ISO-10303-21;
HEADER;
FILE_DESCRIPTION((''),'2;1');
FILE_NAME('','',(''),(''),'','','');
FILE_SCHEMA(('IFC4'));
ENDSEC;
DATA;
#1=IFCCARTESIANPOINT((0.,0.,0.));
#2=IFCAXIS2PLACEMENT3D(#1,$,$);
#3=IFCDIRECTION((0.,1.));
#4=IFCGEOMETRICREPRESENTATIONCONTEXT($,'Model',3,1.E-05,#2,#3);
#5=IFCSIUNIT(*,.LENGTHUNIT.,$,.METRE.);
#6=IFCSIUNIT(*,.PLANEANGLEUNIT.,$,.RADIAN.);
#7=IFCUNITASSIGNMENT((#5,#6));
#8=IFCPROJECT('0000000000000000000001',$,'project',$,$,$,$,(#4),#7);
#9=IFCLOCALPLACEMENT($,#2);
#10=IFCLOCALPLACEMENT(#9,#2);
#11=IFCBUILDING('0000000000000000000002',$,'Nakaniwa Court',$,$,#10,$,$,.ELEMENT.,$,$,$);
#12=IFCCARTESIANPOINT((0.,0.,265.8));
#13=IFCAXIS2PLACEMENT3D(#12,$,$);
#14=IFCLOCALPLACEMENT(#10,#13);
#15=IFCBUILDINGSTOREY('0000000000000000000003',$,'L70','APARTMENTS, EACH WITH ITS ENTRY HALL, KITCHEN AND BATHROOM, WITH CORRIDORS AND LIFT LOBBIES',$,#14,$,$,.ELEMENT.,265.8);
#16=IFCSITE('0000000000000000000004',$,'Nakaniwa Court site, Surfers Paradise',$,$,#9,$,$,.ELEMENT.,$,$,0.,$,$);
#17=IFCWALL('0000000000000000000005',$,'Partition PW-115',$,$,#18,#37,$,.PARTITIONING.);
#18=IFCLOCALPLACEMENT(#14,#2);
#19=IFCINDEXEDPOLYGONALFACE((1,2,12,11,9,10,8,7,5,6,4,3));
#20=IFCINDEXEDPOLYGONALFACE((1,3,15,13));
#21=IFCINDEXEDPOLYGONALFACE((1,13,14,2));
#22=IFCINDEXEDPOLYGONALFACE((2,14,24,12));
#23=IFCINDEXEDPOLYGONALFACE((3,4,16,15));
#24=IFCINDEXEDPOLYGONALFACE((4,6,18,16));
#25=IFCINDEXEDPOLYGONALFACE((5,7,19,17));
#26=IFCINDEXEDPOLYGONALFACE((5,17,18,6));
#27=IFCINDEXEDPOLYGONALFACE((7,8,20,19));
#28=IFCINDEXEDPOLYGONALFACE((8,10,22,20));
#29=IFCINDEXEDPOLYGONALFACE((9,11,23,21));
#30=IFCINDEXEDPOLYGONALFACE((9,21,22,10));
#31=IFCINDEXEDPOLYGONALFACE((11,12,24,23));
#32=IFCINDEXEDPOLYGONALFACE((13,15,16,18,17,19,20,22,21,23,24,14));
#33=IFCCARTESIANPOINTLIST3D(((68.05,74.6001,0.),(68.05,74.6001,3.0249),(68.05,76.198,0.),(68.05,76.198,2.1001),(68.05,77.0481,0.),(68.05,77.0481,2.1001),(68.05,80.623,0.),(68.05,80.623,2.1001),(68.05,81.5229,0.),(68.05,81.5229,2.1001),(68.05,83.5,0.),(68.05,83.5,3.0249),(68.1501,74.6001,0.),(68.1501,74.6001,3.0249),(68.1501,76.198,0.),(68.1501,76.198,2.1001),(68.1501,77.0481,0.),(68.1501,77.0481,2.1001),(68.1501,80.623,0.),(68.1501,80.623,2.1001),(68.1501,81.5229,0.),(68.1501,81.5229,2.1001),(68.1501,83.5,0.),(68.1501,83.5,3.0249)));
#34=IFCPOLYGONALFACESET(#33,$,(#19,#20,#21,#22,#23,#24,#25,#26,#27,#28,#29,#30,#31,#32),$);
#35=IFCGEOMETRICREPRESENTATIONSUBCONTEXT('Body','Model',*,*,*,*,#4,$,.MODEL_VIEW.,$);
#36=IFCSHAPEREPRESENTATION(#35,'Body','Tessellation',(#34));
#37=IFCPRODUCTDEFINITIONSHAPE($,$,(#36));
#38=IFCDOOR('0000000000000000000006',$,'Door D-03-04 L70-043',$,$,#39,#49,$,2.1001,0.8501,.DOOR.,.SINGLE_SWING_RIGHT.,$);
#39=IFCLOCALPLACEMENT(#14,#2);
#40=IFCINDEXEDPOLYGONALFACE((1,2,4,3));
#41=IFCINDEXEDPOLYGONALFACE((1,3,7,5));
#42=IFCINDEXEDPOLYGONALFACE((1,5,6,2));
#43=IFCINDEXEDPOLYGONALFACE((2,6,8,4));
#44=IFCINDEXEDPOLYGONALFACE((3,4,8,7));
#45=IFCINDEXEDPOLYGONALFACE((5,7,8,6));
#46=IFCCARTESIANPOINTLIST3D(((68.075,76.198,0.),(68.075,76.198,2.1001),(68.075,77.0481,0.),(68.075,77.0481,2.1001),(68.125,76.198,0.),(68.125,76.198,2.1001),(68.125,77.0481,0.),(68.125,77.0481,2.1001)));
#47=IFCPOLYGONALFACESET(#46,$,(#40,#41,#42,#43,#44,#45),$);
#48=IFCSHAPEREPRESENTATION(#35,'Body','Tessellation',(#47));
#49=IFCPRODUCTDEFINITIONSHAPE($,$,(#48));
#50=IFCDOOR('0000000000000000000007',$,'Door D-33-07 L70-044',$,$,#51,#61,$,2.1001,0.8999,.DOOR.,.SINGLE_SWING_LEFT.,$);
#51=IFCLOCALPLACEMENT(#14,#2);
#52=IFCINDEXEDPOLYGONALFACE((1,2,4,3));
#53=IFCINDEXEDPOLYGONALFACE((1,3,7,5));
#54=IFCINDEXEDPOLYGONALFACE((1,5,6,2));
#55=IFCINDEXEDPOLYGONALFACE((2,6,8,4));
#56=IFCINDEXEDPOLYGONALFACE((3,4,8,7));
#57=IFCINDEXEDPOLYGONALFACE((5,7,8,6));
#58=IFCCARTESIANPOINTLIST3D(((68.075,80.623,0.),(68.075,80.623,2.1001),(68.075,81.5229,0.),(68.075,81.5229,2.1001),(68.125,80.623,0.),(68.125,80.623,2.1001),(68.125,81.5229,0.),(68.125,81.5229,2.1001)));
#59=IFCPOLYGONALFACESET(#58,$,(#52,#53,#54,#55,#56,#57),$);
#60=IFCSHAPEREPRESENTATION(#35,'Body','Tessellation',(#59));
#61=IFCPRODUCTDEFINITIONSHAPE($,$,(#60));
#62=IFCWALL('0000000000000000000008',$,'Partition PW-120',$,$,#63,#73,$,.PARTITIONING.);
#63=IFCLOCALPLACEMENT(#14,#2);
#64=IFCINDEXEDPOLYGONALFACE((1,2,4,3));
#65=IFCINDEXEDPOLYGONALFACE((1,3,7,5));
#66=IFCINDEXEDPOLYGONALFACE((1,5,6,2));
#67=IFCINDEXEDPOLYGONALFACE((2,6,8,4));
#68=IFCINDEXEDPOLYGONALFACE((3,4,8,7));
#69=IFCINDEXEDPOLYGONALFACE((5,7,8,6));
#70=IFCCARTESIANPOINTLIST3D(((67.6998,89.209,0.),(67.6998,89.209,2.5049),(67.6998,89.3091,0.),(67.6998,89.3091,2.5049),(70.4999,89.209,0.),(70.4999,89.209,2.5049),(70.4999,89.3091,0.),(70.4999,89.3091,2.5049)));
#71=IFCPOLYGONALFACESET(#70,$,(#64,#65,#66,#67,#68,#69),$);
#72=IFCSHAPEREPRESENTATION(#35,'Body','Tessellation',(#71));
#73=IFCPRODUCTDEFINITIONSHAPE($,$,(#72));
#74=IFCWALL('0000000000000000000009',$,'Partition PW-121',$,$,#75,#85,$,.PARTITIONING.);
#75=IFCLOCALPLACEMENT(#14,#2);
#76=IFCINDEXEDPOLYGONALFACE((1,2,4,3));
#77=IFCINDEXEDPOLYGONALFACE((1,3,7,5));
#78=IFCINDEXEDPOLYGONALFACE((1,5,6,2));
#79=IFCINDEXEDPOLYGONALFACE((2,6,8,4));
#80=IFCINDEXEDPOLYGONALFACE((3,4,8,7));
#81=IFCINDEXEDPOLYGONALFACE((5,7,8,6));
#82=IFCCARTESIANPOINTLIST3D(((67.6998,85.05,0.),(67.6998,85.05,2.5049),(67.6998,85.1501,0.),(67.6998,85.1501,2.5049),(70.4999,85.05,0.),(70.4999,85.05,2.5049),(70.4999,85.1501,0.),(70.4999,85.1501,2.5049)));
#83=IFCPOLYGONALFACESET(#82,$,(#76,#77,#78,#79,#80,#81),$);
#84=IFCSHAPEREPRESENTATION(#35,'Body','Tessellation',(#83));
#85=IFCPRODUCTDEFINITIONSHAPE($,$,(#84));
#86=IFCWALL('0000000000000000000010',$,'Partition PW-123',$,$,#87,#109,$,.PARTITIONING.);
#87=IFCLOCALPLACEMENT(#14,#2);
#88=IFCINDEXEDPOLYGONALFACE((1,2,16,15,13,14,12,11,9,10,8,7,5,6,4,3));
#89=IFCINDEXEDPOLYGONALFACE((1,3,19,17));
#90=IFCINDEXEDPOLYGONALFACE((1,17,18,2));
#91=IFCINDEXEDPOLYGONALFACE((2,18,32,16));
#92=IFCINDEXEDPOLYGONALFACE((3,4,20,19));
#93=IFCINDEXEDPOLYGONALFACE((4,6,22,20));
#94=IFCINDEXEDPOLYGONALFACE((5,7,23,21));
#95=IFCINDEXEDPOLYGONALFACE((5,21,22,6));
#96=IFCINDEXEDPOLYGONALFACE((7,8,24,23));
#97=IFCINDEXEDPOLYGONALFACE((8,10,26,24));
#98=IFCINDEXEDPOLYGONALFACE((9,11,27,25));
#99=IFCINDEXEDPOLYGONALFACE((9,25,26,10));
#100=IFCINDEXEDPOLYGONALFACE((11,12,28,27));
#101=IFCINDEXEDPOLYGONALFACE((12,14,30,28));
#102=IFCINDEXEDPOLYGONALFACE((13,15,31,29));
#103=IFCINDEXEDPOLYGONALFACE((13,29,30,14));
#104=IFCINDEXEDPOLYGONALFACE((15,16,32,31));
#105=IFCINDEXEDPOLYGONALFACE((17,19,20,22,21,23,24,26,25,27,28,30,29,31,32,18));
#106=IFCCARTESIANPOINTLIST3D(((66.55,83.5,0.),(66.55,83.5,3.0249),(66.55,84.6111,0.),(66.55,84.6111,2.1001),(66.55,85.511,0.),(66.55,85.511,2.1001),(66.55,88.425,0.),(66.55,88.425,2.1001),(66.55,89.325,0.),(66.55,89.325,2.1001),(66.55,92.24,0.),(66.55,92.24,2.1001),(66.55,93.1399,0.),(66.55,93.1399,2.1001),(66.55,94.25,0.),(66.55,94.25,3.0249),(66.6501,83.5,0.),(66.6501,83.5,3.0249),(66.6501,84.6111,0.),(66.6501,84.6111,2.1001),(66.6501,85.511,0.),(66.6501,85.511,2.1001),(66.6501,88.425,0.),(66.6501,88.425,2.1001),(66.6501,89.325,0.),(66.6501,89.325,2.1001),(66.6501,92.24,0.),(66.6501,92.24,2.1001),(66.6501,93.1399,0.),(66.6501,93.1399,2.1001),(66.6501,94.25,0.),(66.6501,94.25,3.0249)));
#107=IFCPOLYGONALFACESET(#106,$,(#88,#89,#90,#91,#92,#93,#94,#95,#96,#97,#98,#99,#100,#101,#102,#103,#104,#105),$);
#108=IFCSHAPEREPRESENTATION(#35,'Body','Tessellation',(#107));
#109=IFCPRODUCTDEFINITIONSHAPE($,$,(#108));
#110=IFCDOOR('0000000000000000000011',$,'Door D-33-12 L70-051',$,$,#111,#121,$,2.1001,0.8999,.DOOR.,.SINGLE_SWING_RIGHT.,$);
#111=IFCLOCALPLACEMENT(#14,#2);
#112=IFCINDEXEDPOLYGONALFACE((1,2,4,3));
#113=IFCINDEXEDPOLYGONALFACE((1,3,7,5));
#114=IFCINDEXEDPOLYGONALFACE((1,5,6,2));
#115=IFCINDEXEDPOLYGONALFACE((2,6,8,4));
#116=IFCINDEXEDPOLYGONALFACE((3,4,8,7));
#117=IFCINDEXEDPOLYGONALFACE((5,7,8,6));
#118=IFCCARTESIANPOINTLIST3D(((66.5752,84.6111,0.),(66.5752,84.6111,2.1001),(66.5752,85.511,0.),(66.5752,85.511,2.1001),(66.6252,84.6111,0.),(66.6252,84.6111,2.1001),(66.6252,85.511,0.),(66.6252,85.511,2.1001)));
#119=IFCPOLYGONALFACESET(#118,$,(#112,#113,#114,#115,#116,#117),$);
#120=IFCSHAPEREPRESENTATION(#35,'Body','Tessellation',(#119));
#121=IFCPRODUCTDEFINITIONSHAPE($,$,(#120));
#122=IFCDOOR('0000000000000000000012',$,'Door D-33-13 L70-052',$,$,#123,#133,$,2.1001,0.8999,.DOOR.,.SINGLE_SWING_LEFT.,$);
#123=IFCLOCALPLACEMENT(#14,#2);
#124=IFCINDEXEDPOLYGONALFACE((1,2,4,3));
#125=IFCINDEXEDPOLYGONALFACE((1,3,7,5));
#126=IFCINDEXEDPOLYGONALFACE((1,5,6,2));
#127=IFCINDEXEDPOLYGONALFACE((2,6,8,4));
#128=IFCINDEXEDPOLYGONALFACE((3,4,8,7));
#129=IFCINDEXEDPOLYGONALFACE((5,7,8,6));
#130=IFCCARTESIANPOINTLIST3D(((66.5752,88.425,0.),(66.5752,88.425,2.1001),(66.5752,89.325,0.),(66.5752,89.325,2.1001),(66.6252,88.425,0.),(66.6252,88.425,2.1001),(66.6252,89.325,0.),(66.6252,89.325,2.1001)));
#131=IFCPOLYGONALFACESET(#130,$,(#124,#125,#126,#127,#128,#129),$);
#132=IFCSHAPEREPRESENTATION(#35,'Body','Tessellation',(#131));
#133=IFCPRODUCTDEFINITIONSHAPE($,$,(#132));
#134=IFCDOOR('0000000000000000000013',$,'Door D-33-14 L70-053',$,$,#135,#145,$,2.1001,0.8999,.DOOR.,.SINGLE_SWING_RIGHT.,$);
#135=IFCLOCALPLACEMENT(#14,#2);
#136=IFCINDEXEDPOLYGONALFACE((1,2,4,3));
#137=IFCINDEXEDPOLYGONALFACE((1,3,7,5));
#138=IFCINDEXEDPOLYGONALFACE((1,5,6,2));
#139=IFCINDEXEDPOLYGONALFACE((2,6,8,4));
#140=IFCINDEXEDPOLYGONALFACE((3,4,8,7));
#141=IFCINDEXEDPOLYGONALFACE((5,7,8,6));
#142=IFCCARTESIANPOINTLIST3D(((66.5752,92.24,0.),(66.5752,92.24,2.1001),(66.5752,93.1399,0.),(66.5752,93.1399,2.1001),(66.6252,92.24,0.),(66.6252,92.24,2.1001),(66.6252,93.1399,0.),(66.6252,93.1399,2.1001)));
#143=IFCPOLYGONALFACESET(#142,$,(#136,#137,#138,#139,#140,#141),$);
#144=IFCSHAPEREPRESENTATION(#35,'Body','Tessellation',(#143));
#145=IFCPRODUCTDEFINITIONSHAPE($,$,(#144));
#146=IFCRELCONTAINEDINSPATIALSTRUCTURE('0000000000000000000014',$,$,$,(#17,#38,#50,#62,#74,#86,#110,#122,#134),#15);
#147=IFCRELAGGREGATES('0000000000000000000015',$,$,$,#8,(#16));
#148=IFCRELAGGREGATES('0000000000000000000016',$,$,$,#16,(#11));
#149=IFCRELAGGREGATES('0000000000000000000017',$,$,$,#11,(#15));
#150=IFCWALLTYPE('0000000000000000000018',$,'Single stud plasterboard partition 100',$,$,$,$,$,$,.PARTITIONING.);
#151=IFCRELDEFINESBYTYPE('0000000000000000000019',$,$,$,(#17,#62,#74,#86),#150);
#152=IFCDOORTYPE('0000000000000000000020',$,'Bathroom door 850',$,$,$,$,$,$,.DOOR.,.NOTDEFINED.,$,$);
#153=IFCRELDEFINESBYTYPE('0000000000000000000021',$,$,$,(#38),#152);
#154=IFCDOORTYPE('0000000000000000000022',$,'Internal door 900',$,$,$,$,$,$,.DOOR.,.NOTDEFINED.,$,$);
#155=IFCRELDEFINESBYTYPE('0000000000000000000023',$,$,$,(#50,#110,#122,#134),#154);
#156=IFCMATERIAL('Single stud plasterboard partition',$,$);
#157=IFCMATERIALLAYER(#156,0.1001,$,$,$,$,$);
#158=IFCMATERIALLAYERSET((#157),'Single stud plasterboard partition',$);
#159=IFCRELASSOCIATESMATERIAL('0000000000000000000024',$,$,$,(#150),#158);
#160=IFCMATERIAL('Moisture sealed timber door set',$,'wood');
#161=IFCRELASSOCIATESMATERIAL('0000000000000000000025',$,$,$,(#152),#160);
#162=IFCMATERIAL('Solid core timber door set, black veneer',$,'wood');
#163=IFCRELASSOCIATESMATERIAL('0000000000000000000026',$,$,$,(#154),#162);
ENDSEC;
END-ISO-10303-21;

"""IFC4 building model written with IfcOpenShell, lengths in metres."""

from ifc_helpers import new_model, si_unit, direction, frame, frame_2d, origin, place, context, subcontext, project, spatial, rectangle, extrude, material, layer, layer_set, type_object, element, fill, save


model = new_model("IFC4")

# Units and contexts
model_context = context("Model", 3, precision=1e-05, world=origin(), true_north=direction((0.0, 1.0)))
body_context = subcontext(model_context, "Body", "Model", "MODEL_VIEW")
ifc_project = project(units=[si_unit("LENGTHUNIT", "METRE"), si_unit("PLANEANGLEUNIT", "RADIAN")], contexts=[model_context])

# Site, building, storey
site_placement = place(None, origin())
site = spatial("IfcSite", under=ifc_project, at=site_placement, Name="Nakaniwa Court site, Surfers Paradise", CompositionType="ELEMENT", RefElevation=0.0)
building_placement = place(site_placement, origin())
building = spatial("IfcBuilding", under=site, at=building_placement, Name="Nakaniwa Court", CompositionType="ELEMENT")
storey_placement = place(building_placement, frame((0.0, 0.0, 265.8)))
storey = spatial("IfcBuildingStorey", under=building, at=storey_placement, Name="L70", Description="APARTMENTS, EACH WITH ITS ENTRY HALL, KITCHEN AND BATHROOM, WITH CORRIDORS AND LIFT LOBBIES", CompositionType="ELEMENT", Elevation=265.8)

# Wall, openings, doors
ifc_material_1 = material(Name="Single stud plasterboard partition")
ifc_layer_1 = layer(ifc_material_1, 0.1001)
ifc_layer_set_1 = layer_set([ifc_layer_1], Name="Single stud plasterboard partition")
wall_type_1 = type_object("IfcWallType", Name="Single stud plasterboard partition 100", PredefinedType="PARTITIONING", material=ifc_layer_set_1)
wall_1_placement = place(storey_placement, frame((68.1001, 83.5, 0.0), z_axis=(0.0, 0.0, 1.0), x_axis=(0.0, -1.0, 0.0)))
wall_1 = element("IfcWall", 1, at=wall_1_placement, inside=storey, type_object=wall_type_1, Name="Partition PW-115", PredefinedType="PARTITIONING", context=body_context, shape_type="SweptSolid", body=[
    extrude(rectangle(XDim=8.8999, YDim=0.1001, at=frame_2d((4.45, 0.0))), origin(), (0.0, 0.0, 1.0), 3.0249),
])
opening_1_placement = place(wall_1_placement, frame((6.4519, 0.0, 0.0)))
opening_1 = element("IfcOpeningElement", 2, at=opening_1_placement, cuts=wall_1, PredefinedType="OPENING", context=body_context, shape_type="SweptSolid", body=[
    extrude(rectangle(XDim=0.8501, YDim=2.1001, at=frame_2d((0.425, 1.05))), frame((0.0, 0.0601, 0.0), z_axis=(0.0, -1.0, 0.0), x_axis=(1.0, 0.0, 0.0)), (0.0, 0.0, 1.0), 0.1201),
])
opening_2_placement = place(wall_1_placement, frame((1.9771, 0.0, 0.0)))
opening_2 = element("IfcOpeningElement", 3, at=opening_2_placement, cuts=wall_1, PredefinedType="OPENING", context=body_context, shape_type="SweptSolid", body=[
    extrude(rectangle(XDim=0.8999, YDim=2.1001, at=frame_2d((0.45, 1.05))), frame((0.0, 0.0601, 0.0), z_axis=(0.0, -1.0, 0.0), x_axis=(1.0, 0.0, 0.0)), (0.0, 0.0, 1.0), 0.1201),
])
ifc_material_2 = material(Name="Moisture sealed timber door set", Category="wood")
door_type_1 = type_object("IfcDoorType", Name="Bathroom door 850", OperationType="NOTDEFINED", PredefinedType="DOOR", material=ifc_material_2)
door_1_placement = place(opening_1_placement, origin())
door_1 = element("IfcDoor", 4, at=door_1_placement, inside=storey, type_object=door_type_1, Name="Door D-03-04 L70-043", OperationType="SINGLE_SWING_RIGHT", OverallHeight=2.1001, OverallWidth=0.8501, PredefinedType="DOOR", context=body_context, shape_type="SweptSolid", body=[
    extrude(rectangle(XDim=0.8501, YDim=2.1001, at=frame_2d((0.425, 1.05))), frame((0.0, 0.0249, 0.0), z_axis=(0.0, -1.0, 0.0), x_axis=(1.0, 0.0, 0.0)), (0.0, 0.0, 1.0), 0.05),
])
fill(opening_1, door_1)
ifc_material_3 = material(Name="Solid core timber door set, black veneer", Category="wood")
door_type_2 = type_object("IfcDoorType", Name="Internal door 900", OperationType="NOTDEFINED", PredefinedType="DOOR", material=ifc_material_3)
door_2_placement = place(opening_2_placement, origin())
door_2 = element("IfcDoor", 5, at=door_2_placement, inside=storey, type_object=door_type_2, Name="Door D-33-07 L70-044", OperationType="SINGLE_SWING_LEFT", OverallHeight=2.1001, OverallWidth=0.8999, PredefinedType="DOOR", context=body_context, shape_type="SweptSolid", body=[
    extrude(rectangle(XDim=0.8999, YDim=2.1001, at=frame_2d((0.45, 1.05))), frame((0.0, 0.0249, 0.0), z_axis=(0.0, -1.0, 0.0), x_axis=(1.0, 0.0, 0.0)), (0.0, 0.0, 1.0), 0.05),
])
fill(opening_2, door_2)

# Walls
for number, where, z_axis, x_axis, name in (
    (6, (67.7, 89.259, 0.0), (0.0, 0.0, 1.0), (1.0, 0.0, 0.0), "Partition PW-120"),
    (7, (67.7, 85.1001, 0.0), (0.0, 0.0, 1.0), (1.0, 0.0, 0.0), "Partition PW-121"),
):
    element("IfcWall", number, at=place(storey_placement, frame(where, z_axis=z_axis, x_axis=x_axis)), inside=storey, type_object=wall_type_1, Name=name, PredefinedType="PARTITIONING", context=body_context, shape_type="SweptSolid", body=[
        extrude(rectangle(XDim=2.8, YDim=0.1001, at=frame_2d((1.3999, 0.0))), origin(), (0.0, 0.0, 1.0), 2.5049),
    ])

# Wall, openings, doors
wall_2_placement = place(storey_placement, frame((66.6001, 83.5, 0.0), z_axis=(0.0, 0.0, 1.0), x_axis=(0.0, 1.0, 0.0)))
wall_2 = element("IfcWall", 8, at=wall_2_placement, inside=storey, type_object=wall_type_1, Name="Partition PW-123", PredefinedType="PARTITIONING", context=body_context, shape_type="SweptSolid", body=[
    extrude(rectangle(XDim=10.75, YDim=0.1001, at=frame_2d((5.375, 0.0))), origin(), (0.0, 0.0, 1.0), 3.0249),
])
opening_3_placement = place(wall_2_placement, frame((1.1111, 0.0, 0.0)))
opening_3 = element("IfcOpeningElement", 9, at=opening_3_placement, cuts=wall_2, PredefinedType="OPENING", context=body_context, shape_type="SweptSolid", body=[
    extrude(rectangle(XDim=0.8999, YDim=2.1001, at=frame_2d((0.45, 1.05))), frame((0.0, 0.0601, 0.0), z_axis=(0.0, -1.0, 0.0), x_axis=(1.0, 0.0, 0.0)), (0.0, 0.0, 1.0), 0.1201),
])
opening_4_placement = place(wall_2_placement, frame((4.925, 0.0, 0.0)))
opening_4 = element("IfcOpeningElement", 10, at=opening_4_placement, cuts=wall_2, PredefinedType="OPENING", context=body_context, shape_type="SweptSolid", body=[
    extrude(rectangle(XDim=0.8999, YDim=2.1001, at=frame_2d((0.45, 1.05))), frame((0.0, 0.0601, 0.0), z_axis=(0.0, -1.0, 0.0), x_axis=(1.0, 0.0, 0.0)), (0.0, 0.0, 1.0), 0.1201),
])
opening_5_placement = place(wall_2_placement, frame((8.74, 0.0, 0.0)))
opening_5 = element("IfcOpeningElement", 11, at=opening_5_placement, cuts=wall_2, PredefinedType="OPENING", context=body_context, shape_type="SweptSolid", body=[
    extrude(rectangle(XDim=0.8999, YDim=2.1001, at=frame_2d((0.45, 1.05))), frame((0.0, 0.0601, 0.0), z_axis=(0.0, -1.0, 0.0), x_axis=(1.0, 0.0, 0.0)), (0.0, 0.0, 1.0), 0.1201),
])
door_3_placement = place(opening_3_placement, origin())
door_3 = element("IfcDoor", 12, at=door_3_placement, inside=storey, type_object=door_type_2, Name="Door D-33-12 L70-051", OperationType="SINGLE_SWING_RIGHT", OverallHeight=2.1001, OverallWidth=0.8999, PredefinedType="DOOR", context=body_context, shape_type="SweptSolid", body=[
    extrude(rectangle(XDim=0.8999, YDim=2.1001, at=frame_2d((0.45, 1.05))), frame((0.0, 0.0249, 0.0), z_axis=(0.0, -1.0, 0.0), x_axis=(1.0, 0.0, 0.0)), (0.0, 0.0, 1.0), 0.05),
])
fill(opening_3, door_3)
door_4_placement = place(opening_4_placement, origin())
door_4 = element("IfcDoor", 13, at=door_4_placement, inside=storey, type_object=door_type_2, Name="Door D-33-13 L70-052", OperationType="SINGLE_SWING_LEFT", OverallHeight=2.1001, OverallWidth=0.8999, PredefinedType="DOOR", context=body_context, shape_type="SweptSolid", body=[
    extrude(rectangle(XDim=0.8999, YDim=2.1001, at=frame_2d((0.45, 1.05))), frame((0.0, 0.0249, 0.0), z_axis=(0.0, -1.0, 0.0), x_axis=(1.0, 0.0, 0.0)), (0.0, 0.0, 1.0), 0.05),
])
fill(opening_4, door_4)
door_5_placement = place(opening_5_placement, origin())
door_5 = element("IfcDoor", 14, at=door_5_placement, inside=storey, type_object=door_type_2, Name="Door D-33-14 L70-053", OperationType="SINGLE_SWING_RIGHT", OverallHeight=2.1001, OverallWidth=0.8999, PredefinedType="DOOR", context=body_context, shape_type="SweptSolid", body=[
    extrude(rectangle(XDim=0.8999, YDim=2.1001, at=frame_2d((0.45, 1.05))), frame((0.0, 0.0249, 0.0), z_axis=(0.0, -1.0, 0.0), x_axis=(1.0, 0.0, 0.0)), (0.0, 0.0, 1.0), 0.05),
])
fill(opening_5, door_5)

save(model, "model.ifc")
